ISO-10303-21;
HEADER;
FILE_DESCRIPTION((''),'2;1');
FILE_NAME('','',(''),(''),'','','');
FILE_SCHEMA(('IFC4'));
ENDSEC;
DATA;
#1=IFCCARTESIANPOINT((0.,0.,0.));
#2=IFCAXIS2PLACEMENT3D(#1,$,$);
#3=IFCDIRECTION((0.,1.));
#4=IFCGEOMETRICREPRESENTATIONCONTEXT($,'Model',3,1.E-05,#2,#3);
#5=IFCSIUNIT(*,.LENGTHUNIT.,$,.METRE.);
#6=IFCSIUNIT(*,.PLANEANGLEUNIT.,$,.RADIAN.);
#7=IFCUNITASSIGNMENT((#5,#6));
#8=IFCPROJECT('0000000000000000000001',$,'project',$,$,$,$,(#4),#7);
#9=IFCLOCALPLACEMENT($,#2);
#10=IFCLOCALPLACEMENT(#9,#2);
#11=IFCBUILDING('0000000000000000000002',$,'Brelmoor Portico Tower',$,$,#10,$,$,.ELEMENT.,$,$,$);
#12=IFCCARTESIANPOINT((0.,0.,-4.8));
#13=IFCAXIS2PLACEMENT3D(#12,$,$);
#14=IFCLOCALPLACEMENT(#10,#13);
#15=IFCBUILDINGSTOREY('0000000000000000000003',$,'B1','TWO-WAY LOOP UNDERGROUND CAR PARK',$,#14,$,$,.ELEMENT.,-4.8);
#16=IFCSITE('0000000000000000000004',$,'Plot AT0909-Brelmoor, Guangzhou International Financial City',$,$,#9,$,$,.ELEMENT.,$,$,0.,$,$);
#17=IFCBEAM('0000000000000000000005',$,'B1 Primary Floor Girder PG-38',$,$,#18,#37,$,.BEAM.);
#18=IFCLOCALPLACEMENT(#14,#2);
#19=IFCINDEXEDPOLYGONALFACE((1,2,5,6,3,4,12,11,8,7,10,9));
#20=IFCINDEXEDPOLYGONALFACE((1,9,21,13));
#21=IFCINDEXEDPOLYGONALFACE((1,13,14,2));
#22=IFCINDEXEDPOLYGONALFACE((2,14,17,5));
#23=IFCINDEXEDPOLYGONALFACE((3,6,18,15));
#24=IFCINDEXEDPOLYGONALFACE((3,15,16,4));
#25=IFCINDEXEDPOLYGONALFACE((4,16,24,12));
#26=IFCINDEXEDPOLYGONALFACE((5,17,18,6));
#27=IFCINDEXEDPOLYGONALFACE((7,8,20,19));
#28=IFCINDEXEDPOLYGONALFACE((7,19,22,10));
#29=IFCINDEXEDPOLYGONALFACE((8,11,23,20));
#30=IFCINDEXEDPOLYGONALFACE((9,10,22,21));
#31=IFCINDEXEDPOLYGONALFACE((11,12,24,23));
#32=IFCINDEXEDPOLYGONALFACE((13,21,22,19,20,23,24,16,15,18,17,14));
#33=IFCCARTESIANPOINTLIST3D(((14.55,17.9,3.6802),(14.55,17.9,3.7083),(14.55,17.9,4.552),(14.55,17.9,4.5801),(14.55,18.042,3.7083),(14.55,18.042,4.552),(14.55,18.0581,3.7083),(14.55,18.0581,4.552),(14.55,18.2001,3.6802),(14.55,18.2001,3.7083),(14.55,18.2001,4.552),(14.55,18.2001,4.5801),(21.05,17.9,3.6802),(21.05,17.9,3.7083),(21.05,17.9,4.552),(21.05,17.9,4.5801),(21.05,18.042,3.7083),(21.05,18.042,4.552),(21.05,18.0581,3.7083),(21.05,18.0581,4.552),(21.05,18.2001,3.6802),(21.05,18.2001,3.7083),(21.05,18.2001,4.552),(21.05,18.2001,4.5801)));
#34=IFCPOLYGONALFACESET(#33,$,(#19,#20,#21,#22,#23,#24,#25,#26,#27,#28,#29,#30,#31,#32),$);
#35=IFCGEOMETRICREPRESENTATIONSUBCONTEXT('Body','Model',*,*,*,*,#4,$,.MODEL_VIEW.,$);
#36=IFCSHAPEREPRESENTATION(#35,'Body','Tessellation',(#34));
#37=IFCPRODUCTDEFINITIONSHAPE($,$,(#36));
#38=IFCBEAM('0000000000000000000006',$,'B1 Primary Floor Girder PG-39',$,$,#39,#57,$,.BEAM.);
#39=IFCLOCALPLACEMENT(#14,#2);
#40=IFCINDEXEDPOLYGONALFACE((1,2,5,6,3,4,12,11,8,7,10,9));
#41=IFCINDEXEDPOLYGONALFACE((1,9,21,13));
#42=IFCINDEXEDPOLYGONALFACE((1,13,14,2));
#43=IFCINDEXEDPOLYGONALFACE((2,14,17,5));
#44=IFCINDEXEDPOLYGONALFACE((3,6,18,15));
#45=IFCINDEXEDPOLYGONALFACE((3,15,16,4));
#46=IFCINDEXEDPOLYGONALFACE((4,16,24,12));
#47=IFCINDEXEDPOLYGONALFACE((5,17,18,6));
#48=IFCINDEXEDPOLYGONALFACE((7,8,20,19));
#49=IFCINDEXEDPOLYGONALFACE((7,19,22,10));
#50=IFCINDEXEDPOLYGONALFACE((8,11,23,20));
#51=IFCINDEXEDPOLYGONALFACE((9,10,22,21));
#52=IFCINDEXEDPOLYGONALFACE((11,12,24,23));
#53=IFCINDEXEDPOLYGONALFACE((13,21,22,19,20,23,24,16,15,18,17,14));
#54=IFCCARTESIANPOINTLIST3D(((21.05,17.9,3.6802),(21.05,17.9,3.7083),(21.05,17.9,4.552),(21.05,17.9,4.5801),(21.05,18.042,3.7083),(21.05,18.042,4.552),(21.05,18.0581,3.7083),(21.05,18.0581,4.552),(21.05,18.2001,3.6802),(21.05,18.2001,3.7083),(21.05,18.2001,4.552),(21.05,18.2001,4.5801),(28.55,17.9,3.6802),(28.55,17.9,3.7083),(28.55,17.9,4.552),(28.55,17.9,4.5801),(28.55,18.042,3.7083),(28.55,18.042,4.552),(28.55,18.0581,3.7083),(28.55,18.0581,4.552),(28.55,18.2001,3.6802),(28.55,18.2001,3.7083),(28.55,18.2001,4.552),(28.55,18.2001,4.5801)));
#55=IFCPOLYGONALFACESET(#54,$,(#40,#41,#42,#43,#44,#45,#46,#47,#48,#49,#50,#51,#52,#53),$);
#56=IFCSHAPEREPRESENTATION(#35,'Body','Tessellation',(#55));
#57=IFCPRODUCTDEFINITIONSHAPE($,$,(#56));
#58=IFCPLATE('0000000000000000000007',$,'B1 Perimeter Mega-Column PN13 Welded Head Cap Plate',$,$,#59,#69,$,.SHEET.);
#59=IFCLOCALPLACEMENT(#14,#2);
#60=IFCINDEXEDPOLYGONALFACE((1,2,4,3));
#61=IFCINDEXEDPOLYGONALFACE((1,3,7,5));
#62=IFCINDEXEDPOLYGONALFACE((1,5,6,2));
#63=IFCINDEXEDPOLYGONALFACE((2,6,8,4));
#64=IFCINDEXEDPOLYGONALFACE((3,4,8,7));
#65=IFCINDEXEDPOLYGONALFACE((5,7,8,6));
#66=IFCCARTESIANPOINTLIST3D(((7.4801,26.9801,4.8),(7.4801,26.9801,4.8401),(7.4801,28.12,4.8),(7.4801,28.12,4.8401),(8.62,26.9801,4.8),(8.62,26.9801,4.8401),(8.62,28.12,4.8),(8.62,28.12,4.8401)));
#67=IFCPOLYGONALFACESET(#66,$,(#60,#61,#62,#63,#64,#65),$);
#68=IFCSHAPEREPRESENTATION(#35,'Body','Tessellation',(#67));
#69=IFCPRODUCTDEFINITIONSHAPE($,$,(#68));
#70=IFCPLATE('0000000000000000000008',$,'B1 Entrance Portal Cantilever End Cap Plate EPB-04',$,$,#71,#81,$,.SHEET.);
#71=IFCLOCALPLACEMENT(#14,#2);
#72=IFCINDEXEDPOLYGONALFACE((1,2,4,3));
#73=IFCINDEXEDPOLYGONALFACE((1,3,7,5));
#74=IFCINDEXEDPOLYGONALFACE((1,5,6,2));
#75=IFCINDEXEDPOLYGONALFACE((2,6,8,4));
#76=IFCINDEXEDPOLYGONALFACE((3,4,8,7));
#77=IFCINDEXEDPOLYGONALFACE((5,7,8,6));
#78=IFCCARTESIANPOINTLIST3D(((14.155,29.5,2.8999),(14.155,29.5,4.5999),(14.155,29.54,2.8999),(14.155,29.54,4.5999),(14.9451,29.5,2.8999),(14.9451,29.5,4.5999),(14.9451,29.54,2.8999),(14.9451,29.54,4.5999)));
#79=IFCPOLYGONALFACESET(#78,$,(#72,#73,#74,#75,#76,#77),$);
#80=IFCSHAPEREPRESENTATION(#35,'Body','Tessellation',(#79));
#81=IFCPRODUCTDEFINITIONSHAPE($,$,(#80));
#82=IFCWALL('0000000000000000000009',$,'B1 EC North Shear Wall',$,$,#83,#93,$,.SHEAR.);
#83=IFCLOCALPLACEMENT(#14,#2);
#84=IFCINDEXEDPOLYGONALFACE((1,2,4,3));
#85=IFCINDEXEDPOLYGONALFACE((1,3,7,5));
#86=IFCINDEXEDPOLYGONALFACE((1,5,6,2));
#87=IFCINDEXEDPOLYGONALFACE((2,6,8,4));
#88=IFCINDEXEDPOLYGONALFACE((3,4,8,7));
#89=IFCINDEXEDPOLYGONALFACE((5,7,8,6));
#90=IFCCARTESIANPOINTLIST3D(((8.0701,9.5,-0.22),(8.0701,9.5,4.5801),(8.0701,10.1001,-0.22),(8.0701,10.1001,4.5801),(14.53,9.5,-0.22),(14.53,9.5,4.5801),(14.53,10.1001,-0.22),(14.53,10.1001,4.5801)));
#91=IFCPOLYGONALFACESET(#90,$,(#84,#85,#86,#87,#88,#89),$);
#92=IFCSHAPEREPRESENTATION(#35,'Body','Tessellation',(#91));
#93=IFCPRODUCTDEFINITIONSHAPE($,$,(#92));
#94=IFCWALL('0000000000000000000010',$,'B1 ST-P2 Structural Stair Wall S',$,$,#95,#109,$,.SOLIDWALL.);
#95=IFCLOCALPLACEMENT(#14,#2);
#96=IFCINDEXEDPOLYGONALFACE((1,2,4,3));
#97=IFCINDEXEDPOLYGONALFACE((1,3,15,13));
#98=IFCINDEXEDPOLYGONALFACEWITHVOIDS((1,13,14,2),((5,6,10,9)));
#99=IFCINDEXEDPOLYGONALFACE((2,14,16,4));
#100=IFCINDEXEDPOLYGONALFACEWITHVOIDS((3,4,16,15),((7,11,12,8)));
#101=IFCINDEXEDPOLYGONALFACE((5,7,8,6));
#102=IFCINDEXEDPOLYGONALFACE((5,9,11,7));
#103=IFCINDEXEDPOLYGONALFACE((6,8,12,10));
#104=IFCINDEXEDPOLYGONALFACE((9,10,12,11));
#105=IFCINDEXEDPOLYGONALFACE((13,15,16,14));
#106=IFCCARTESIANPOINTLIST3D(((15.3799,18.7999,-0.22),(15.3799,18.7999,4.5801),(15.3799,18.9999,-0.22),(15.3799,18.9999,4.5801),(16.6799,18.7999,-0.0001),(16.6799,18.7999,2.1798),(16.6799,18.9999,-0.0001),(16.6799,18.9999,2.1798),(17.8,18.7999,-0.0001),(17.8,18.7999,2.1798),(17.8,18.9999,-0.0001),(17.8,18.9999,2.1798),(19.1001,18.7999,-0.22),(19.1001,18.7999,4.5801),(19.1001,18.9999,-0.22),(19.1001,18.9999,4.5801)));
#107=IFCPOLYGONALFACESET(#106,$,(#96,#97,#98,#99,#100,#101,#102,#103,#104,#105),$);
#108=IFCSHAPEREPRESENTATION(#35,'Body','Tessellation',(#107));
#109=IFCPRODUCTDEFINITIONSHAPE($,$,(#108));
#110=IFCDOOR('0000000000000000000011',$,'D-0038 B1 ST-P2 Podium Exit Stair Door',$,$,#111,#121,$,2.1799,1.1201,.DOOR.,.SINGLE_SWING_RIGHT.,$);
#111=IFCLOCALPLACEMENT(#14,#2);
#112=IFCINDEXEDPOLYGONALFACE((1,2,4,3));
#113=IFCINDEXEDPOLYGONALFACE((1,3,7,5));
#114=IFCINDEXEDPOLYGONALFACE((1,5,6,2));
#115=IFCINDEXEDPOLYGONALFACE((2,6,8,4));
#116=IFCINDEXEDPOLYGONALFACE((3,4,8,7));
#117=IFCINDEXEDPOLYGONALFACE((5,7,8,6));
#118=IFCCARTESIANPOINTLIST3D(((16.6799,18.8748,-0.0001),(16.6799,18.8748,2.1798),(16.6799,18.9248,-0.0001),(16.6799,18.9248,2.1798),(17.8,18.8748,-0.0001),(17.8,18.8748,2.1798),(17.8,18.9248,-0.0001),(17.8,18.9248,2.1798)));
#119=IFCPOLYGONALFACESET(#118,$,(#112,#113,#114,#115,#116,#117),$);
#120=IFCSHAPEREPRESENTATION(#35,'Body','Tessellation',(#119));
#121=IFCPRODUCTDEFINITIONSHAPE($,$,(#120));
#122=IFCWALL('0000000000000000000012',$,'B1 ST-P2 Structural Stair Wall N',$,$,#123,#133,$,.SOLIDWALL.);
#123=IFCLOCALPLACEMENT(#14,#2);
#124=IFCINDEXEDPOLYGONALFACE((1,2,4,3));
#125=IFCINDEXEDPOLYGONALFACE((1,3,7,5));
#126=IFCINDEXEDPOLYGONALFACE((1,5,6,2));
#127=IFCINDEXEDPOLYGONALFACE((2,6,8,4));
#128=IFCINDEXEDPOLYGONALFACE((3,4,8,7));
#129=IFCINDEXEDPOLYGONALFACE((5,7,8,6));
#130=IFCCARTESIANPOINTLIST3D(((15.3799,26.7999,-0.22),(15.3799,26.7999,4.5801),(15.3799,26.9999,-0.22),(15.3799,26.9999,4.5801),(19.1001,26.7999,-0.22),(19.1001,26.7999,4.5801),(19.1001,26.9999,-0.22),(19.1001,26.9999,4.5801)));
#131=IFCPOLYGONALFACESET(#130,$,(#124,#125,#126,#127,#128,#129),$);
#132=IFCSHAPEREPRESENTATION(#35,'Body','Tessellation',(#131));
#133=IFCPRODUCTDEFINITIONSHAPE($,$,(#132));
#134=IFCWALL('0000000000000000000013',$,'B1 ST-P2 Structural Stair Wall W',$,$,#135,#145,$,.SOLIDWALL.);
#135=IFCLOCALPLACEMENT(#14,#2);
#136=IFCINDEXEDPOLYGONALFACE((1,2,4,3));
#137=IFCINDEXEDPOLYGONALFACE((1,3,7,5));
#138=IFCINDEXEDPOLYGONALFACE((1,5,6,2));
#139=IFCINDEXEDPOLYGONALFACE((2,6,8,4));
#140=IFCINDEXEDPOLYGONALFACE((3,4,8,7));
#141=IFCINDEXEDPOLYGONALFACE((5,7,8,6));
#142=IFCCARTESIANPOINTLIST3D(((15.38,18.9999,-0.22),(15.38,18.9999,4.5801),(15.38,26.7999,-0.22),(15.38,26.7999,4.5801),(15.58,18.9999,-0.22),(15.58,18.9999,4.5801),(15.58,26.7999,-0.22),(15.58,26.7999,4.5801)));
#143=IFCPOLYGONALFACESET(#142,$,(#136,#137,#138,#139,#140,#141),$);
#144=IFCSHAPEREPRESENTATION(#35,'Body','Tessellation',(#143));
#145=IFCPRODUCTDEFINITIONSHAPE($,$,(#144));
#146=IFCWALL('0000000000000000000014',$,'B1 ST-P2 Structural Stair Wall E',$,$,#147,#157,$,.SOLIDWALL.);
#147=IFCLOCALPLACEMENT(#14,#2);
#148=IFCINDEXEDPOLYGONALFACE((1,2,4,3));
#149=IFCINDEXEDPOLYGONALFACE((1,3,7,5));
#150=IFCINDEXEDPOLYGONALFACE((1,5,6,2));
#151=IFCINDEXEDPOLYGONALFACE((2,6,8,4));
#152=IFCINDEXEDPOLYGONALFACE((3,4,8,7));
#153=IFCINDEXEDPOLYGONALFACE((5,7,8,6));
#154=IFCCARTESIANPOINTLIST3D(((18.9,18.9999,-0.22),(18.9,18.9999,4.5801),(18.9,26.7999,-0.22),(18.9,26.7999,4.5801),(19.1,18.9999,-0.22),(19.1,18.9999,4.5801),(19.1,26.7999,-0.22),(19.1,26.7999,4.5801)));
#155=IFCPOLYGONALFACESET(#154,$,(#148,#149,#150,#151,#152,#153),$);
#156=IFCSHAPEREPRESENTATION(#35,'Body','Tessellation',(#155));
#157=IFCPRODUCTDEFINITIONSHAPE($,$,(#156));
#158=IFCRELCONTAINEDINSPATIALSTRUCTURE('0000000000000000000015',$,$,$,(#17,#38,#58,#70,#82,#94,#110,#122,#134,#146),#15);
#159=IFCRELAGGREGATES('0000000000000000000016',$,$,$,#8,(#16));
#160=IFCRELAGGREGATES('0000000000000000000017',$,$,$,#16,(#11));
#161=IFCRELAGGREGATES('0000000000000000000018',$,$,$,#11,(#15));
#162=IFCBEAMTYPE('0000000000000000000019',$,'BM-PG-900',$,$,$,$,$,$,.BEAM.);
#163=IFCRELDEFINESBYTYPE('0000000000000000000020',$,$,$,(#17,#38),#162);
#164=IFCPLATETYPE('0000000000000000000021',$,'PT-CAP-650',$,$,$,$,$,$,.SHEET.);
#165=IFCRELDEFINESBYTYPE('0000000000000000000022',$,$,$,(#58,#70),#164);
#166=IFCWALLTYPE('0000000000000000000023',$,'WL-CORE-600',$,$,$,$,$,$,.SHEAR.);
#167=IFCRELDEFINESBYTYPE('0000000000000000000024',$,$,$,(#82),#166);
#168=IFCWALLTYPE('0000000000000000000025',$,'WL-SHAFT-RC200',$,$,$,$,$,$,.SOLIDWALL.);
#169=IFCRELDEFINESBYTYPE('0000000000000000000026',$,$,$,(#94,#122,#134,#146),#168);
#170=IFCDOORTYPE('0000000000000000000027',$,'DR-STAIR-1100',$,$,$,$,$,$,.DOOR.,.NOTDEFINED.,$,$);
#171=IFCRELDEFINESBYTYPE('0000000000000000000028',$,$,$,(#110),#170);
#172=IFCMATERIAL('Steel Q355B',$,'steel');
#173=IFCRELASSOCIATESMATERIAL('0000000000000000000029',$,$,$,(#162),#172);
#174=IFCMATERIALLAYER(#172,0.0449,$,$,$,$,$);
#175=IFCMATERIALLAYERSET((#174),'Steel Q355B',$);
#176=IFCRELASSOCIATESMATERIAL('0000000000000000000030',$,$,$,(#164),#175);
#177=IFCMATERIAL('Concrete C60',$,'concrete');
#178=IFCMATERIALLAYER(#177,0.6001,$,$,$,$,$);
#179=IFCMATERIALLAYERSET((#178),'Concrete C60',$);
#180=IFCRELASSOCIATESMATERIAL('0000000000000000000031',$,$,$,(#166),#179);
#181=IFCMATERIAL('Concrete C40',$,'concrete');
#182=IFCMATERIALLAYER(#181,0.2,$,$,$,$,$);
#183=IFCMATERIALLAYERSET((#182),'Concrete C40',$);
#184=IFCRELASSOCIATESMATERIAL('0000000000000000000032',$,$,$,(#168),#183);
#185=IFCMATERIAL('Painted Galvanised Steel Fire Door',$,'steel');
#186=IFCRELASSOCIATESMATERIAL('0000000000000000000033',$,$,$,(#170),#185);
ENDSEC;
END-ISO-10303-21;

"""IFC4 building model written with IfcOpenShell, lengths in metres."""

from ifc_helpers import new_model, si_unit, direction, frame, frame_2d, origin, origin_2d, place, context, subcontext, project, spatial, rectangle, i_section, extrude, material, layer, layer_set, material_profile, profile_set, type_object, element, fill, save


model = new_model("IFC4")

# Units and contexts
model_context = context("Model", 3, precision=1e-05, world=origin(), true_north=direction((0.0, 1.0)))
body_context = subcontext(model_context, "Body", "Model", "MODEL_VIEW")
ifc_project = project(units=[si_unit("LENGTHUNIT", "METRE"), si_unit("PLANEANGLEUNIT", "RADIAN")], contexts=[model_context])

# Site, building, storey
site_placement = place(None, origin())
site = spatial("IfcSite", under=ifc_project, at=site_placement, Name="Plot AT0909-Brelmoor, Guangzhou International Financial City", CompositionType="ELEMENT", RefElevation=0.0)
building_placement = place(site_placement, origin())
building = spatial("IfcBuilding", under=site, at=building_placement, Name="Brelmoor Portico Tower", CompositionType="ELEMENT")
storey_placement = place(building_placement, frame((0.0, 0.0, -4.8)))
storey = spatial("IfcBuildingStorey", under=building, at=storey_placement, Name="B1", Description="TWO-WAY LOOP UNDERGROUND CAR PARK", CompositionType="ELEMENT", Elevation=-4.8)

# Shared definitions
ifc_material_1 = material(Name="Steel Q355B", Category="steel")

# Beams
ifc_material_profile_1 = material_profile(ifc_material_1, i_section(OverallWidth=0.3, OverallDepth=0.8999, WebThickness=0.0161, FlangeThickness=0.0281, at=origin_2d()), Name="HN 900x300x16x28")
ifc_profile_set_1 = profile_set([ifc_material_profile_1], Name="Steel Q355B")
beam_type_1 = type_object("IfcBeamType", Name="BM-PG-900", PredefinedType="BEAM", material=ifc_profile_set_1)
beam_1_placement = place(storey_placement, frame((14.55, 18.05, 4.1301), z_axis=(1.0, 0.0, 0.0), x_axis=(0.0, 1.0, 0.0)))
element("IfcBeam", 1, at=beam_1_placement, inside=storey, type_object=beam_type_1, Name="B1 Primary Floor Girder PG-38", PredefinedType="BEAM", context=body_context, shape_type="SweptSolid", body=[
    extrude(i_section(OverallWidth=0.3, OverallDepth=0.8999, WebThickness=0.0161, FlangeThickness=0.0281, at=origin_2d()), origin(), (0.0, 0.0, 1.0), 6.5),
])
beam_2_placement = place(storey_placement, frame((21.05, 18.05, 4.1301), z_axis=(1.0, 0.0, 0.0), x_axis=(0.0, 1.0, 0.0)))
element("IfcBeam", 2, at=beam_2_placement, inside=storey, type_object=beam_type_1, Name="B1 Primary Floor Girder PG-39", PredefinedType="BEAM", context=body_context, shape_type="SweptSolid", body=[
    extrude(i_section(OverallWidth=0.3, OverallDepth=0.8999, WebThickness=0.0161, FlangeThickness=0.0281, at=origin_2d()), origin(), (0.0, 0.0, 1.0), 7.5),
])

# Plates
ifc_layer_1 = layer(ifc_material_1, 0.0449)
ifc_layer_set_1 = layer_set([ifc_layer_1], Name="Steel Q355B")
plate_type = type_object("IfcPlateType", Name="PT-CAP-650", PredefinedType="SHEET", material=ifc_layer_set_1)
plate_1_placement = place(storey_placement, frame((8.05, 27.55, 4.8), z_axis=(0.0, 0.0, 1.0), x_axis=(1.0, 0.0, 0.0)))
element("IfcPlate", 3, at=plate_1_placement, inside=storey, type_object=plate_type, Name="B1 Perimeter Mega-Column PN13 Welded Head Cap Plate", PredefinedType="SHEET", context=body_context, shape_type="SweptSolid", body=[
    extrude(rectangle(XDim=1.1399, YDim=1.1399, at=origin_2d()), origin(), (0.0, 0.0, 1.0), 0.04),
])
plate_2_placement = place(storey_placement, frame((14.55, 29.52, 2.8999), z_axis=(0.0, 0.0, 1.0), x_axis=(1.0, 0.0, 0.0)))
element("IfcPlate", 4, at=plate_2_placement, inside=storey, type_object=plate_type, Name="B1 Entrance Portal Cantilever End Cap Plate EPB-04", PredefinedType="SHEET", context=body_context, shape_type="SweptSolid", body=[
    extrude(rectangle(XDim=0.79, YDim=0.04, at=origin_2d()), origin(), (0.0, 0.0, 1.0), 1.7),
])

# Wall
ifc_material_2 = material(Name="Concrete C60", Category="concrete")
ifc_layer_2 = layer(ifc_material_2, 0.6001)
ifc_layer_set_2 = layer_set([ifc_layer_2], Name="Concrete C60")
wall_type_1 = type_object("IfcWallType", Name="WL-CORE-600", PredefinedType="SHEAR", material=ifc_layer_set_2)
wall_1_placement = place(storey_placement, frame((8.0701, 9.8, -0.22), z_axis=(0.0, 0.0, 1.0), x_axis=(1.0, 0.0, 0.0)))
element("IfcWall", 5, at=wall_1_placement, inside=storey, type_object=wall_type_1, Name="B1 EC North Shear Wall", PredefinedType="SHEAR", context=body_context, shape_type="SweptSolid", body=[
    extrude(rectangle(XDim=6.46, YDim=0.6001, at=frame_2d((3.23, 0.0))), origin(), (0.0, 0.0, 1.0), 4.8),
])

# Wall, opening, door
ifc_material_3 = material(Name="Concrete C40", Category="concrete")
ifc_layer_3 = layer(ifc_material_3, 0.2)
ifc_layer_set_3 = layer_set([ifc_layer_3], Name="Concrete C40")
wall_type_2 = type_object("IfcWallType", Name="WL-SHAFT-RC200", PredefinedType="SOLIDWALL", material=ifc_layer_set_3)
wall_2_placement = place(storey_placement, frame((15.3799, 18.8999, -0.22), z_axis=(0.0, 0.0, 1.0), x_axis=(1.0, 0.0, 0.0)))
wall_2 = element("IfcWall", 6, at=wall_2_placement, inside=storey, type_object=wall_type_2, Name="B1 ST-P2 Structural Stair Wall S", PredefinedType="SOLIDWALL", context=body_context, shape_type="SweptSolid", body=[
    extrude(rectangle(XDim=3.7202, YDim=0.2, at=frame_2d((1.8601, 0.0))), origin(), (0.0, 0.0, 1.0), 4.8),
])
opening_placement = place(wall_2_placement, frame((1.3, 0.0, 0.22)))
opening = element("IfcOpeningElement", 7, at=opening_placement, cuts=wall_2, PredefinedType="OPENING", context=body_context, shape_type="SweptSolid", body=[
    extrude(rectangle(XDim=1.1201, YDim=2.1799, at=frame_2d((0.5601, 1.0898))), frame((0.0, 0.1099, 0.0), z_axis=(0.0, -1.0, 0.0), x_axis=(1.0, 0.0, 0.0)), (0.0, 0.0, 1.0), 0.22),
])
ifc_material_4 = material(Name="Painted Galvanised Steel Fire Door", Category="steel")
door_type = type_object("IfcDoorType", Name="DR-STAIR-1100", OperationType="NOTDEFINED", PredefinedType="DOOR", material=ifc_material_4)
door_placement = place(opening_placement, origin())
door = element("IfcDoor", 8, at=door_placement, inside=storey, type_object=door_type, Name="D-0038 B1 ST-P2 Podium Exit Stair Door", OperationType="SINGLE_SWING_RIGHT", OverallHeight=2.1799, OverallWidth=1.1201, PredefinedType="DOOR", context=body_context, shape_type="SweptSolid", body=[
    extrude(rectangle(XDim=1.1201, YDim=2.1799, at=frame_2d((0.5601, 1.0898))), frame((0.0, 0.0249, 0.0), z_axis=(0.0, -1.0, 0.0), x_axis=(1.0, 0.0, 0.0)), (0.0, 0.0, 1.0), 0.05),
])
fill(opening, door)

# Walls
wall_3_placement = place(storey_placement, frame((15.3799, 26.8999, -0.22), z_axis=(0.0, 0.0, 1.0), x_axis=(1.0, 0.0, 0.0)))
element("IfcWall", 9, at=wall_3_placement, inside=storey, type_object=wall_type_2, Name="B1 ST-P2 Structural Stair Wall N", PredefinedType="SOLIDWALL", context=body_context, shape_type="SweptSolid", body=[
    extrude(rectangle(XDim=3.7202, YDim=0.2, at=frame_2d((1.8601, 0.0))), origin(), (0.0, 0.0, 1.0), 4.8),
])
for number, where, z_axis, x_axis, name in (
    (10, (15.48, 19.0, -0.22), (0.0, 0.0, 1.0), (0.0, 1.0, 0.0), "B1 ST-P2 Structural Stair Wall W"),
    (11, (19.0, 19.0, -0.22), (0.0, 0.0, 1.0), (0.0, 1.0, 0.0), "B1 ST-P2 Structural Stair Wall E"),
):
    element("IfcWall", number, at=place(storey_placement, frame(where, z_axis=z_axis, x_axis=x_axis)), inside=storey, type_object=wall_type_2, Name=name, PredefinedType="SOLIDWALL", context=body_context, shape_type="SweptSolid", body=[
        extrude(rectangle(XDim=7.8, YDim=0.2, at=frame_2d((3.8999, 0.0))), origin(), (0.0, 0.0, 1.0), 4.8),
    ])

save(model, "model.ifc")
